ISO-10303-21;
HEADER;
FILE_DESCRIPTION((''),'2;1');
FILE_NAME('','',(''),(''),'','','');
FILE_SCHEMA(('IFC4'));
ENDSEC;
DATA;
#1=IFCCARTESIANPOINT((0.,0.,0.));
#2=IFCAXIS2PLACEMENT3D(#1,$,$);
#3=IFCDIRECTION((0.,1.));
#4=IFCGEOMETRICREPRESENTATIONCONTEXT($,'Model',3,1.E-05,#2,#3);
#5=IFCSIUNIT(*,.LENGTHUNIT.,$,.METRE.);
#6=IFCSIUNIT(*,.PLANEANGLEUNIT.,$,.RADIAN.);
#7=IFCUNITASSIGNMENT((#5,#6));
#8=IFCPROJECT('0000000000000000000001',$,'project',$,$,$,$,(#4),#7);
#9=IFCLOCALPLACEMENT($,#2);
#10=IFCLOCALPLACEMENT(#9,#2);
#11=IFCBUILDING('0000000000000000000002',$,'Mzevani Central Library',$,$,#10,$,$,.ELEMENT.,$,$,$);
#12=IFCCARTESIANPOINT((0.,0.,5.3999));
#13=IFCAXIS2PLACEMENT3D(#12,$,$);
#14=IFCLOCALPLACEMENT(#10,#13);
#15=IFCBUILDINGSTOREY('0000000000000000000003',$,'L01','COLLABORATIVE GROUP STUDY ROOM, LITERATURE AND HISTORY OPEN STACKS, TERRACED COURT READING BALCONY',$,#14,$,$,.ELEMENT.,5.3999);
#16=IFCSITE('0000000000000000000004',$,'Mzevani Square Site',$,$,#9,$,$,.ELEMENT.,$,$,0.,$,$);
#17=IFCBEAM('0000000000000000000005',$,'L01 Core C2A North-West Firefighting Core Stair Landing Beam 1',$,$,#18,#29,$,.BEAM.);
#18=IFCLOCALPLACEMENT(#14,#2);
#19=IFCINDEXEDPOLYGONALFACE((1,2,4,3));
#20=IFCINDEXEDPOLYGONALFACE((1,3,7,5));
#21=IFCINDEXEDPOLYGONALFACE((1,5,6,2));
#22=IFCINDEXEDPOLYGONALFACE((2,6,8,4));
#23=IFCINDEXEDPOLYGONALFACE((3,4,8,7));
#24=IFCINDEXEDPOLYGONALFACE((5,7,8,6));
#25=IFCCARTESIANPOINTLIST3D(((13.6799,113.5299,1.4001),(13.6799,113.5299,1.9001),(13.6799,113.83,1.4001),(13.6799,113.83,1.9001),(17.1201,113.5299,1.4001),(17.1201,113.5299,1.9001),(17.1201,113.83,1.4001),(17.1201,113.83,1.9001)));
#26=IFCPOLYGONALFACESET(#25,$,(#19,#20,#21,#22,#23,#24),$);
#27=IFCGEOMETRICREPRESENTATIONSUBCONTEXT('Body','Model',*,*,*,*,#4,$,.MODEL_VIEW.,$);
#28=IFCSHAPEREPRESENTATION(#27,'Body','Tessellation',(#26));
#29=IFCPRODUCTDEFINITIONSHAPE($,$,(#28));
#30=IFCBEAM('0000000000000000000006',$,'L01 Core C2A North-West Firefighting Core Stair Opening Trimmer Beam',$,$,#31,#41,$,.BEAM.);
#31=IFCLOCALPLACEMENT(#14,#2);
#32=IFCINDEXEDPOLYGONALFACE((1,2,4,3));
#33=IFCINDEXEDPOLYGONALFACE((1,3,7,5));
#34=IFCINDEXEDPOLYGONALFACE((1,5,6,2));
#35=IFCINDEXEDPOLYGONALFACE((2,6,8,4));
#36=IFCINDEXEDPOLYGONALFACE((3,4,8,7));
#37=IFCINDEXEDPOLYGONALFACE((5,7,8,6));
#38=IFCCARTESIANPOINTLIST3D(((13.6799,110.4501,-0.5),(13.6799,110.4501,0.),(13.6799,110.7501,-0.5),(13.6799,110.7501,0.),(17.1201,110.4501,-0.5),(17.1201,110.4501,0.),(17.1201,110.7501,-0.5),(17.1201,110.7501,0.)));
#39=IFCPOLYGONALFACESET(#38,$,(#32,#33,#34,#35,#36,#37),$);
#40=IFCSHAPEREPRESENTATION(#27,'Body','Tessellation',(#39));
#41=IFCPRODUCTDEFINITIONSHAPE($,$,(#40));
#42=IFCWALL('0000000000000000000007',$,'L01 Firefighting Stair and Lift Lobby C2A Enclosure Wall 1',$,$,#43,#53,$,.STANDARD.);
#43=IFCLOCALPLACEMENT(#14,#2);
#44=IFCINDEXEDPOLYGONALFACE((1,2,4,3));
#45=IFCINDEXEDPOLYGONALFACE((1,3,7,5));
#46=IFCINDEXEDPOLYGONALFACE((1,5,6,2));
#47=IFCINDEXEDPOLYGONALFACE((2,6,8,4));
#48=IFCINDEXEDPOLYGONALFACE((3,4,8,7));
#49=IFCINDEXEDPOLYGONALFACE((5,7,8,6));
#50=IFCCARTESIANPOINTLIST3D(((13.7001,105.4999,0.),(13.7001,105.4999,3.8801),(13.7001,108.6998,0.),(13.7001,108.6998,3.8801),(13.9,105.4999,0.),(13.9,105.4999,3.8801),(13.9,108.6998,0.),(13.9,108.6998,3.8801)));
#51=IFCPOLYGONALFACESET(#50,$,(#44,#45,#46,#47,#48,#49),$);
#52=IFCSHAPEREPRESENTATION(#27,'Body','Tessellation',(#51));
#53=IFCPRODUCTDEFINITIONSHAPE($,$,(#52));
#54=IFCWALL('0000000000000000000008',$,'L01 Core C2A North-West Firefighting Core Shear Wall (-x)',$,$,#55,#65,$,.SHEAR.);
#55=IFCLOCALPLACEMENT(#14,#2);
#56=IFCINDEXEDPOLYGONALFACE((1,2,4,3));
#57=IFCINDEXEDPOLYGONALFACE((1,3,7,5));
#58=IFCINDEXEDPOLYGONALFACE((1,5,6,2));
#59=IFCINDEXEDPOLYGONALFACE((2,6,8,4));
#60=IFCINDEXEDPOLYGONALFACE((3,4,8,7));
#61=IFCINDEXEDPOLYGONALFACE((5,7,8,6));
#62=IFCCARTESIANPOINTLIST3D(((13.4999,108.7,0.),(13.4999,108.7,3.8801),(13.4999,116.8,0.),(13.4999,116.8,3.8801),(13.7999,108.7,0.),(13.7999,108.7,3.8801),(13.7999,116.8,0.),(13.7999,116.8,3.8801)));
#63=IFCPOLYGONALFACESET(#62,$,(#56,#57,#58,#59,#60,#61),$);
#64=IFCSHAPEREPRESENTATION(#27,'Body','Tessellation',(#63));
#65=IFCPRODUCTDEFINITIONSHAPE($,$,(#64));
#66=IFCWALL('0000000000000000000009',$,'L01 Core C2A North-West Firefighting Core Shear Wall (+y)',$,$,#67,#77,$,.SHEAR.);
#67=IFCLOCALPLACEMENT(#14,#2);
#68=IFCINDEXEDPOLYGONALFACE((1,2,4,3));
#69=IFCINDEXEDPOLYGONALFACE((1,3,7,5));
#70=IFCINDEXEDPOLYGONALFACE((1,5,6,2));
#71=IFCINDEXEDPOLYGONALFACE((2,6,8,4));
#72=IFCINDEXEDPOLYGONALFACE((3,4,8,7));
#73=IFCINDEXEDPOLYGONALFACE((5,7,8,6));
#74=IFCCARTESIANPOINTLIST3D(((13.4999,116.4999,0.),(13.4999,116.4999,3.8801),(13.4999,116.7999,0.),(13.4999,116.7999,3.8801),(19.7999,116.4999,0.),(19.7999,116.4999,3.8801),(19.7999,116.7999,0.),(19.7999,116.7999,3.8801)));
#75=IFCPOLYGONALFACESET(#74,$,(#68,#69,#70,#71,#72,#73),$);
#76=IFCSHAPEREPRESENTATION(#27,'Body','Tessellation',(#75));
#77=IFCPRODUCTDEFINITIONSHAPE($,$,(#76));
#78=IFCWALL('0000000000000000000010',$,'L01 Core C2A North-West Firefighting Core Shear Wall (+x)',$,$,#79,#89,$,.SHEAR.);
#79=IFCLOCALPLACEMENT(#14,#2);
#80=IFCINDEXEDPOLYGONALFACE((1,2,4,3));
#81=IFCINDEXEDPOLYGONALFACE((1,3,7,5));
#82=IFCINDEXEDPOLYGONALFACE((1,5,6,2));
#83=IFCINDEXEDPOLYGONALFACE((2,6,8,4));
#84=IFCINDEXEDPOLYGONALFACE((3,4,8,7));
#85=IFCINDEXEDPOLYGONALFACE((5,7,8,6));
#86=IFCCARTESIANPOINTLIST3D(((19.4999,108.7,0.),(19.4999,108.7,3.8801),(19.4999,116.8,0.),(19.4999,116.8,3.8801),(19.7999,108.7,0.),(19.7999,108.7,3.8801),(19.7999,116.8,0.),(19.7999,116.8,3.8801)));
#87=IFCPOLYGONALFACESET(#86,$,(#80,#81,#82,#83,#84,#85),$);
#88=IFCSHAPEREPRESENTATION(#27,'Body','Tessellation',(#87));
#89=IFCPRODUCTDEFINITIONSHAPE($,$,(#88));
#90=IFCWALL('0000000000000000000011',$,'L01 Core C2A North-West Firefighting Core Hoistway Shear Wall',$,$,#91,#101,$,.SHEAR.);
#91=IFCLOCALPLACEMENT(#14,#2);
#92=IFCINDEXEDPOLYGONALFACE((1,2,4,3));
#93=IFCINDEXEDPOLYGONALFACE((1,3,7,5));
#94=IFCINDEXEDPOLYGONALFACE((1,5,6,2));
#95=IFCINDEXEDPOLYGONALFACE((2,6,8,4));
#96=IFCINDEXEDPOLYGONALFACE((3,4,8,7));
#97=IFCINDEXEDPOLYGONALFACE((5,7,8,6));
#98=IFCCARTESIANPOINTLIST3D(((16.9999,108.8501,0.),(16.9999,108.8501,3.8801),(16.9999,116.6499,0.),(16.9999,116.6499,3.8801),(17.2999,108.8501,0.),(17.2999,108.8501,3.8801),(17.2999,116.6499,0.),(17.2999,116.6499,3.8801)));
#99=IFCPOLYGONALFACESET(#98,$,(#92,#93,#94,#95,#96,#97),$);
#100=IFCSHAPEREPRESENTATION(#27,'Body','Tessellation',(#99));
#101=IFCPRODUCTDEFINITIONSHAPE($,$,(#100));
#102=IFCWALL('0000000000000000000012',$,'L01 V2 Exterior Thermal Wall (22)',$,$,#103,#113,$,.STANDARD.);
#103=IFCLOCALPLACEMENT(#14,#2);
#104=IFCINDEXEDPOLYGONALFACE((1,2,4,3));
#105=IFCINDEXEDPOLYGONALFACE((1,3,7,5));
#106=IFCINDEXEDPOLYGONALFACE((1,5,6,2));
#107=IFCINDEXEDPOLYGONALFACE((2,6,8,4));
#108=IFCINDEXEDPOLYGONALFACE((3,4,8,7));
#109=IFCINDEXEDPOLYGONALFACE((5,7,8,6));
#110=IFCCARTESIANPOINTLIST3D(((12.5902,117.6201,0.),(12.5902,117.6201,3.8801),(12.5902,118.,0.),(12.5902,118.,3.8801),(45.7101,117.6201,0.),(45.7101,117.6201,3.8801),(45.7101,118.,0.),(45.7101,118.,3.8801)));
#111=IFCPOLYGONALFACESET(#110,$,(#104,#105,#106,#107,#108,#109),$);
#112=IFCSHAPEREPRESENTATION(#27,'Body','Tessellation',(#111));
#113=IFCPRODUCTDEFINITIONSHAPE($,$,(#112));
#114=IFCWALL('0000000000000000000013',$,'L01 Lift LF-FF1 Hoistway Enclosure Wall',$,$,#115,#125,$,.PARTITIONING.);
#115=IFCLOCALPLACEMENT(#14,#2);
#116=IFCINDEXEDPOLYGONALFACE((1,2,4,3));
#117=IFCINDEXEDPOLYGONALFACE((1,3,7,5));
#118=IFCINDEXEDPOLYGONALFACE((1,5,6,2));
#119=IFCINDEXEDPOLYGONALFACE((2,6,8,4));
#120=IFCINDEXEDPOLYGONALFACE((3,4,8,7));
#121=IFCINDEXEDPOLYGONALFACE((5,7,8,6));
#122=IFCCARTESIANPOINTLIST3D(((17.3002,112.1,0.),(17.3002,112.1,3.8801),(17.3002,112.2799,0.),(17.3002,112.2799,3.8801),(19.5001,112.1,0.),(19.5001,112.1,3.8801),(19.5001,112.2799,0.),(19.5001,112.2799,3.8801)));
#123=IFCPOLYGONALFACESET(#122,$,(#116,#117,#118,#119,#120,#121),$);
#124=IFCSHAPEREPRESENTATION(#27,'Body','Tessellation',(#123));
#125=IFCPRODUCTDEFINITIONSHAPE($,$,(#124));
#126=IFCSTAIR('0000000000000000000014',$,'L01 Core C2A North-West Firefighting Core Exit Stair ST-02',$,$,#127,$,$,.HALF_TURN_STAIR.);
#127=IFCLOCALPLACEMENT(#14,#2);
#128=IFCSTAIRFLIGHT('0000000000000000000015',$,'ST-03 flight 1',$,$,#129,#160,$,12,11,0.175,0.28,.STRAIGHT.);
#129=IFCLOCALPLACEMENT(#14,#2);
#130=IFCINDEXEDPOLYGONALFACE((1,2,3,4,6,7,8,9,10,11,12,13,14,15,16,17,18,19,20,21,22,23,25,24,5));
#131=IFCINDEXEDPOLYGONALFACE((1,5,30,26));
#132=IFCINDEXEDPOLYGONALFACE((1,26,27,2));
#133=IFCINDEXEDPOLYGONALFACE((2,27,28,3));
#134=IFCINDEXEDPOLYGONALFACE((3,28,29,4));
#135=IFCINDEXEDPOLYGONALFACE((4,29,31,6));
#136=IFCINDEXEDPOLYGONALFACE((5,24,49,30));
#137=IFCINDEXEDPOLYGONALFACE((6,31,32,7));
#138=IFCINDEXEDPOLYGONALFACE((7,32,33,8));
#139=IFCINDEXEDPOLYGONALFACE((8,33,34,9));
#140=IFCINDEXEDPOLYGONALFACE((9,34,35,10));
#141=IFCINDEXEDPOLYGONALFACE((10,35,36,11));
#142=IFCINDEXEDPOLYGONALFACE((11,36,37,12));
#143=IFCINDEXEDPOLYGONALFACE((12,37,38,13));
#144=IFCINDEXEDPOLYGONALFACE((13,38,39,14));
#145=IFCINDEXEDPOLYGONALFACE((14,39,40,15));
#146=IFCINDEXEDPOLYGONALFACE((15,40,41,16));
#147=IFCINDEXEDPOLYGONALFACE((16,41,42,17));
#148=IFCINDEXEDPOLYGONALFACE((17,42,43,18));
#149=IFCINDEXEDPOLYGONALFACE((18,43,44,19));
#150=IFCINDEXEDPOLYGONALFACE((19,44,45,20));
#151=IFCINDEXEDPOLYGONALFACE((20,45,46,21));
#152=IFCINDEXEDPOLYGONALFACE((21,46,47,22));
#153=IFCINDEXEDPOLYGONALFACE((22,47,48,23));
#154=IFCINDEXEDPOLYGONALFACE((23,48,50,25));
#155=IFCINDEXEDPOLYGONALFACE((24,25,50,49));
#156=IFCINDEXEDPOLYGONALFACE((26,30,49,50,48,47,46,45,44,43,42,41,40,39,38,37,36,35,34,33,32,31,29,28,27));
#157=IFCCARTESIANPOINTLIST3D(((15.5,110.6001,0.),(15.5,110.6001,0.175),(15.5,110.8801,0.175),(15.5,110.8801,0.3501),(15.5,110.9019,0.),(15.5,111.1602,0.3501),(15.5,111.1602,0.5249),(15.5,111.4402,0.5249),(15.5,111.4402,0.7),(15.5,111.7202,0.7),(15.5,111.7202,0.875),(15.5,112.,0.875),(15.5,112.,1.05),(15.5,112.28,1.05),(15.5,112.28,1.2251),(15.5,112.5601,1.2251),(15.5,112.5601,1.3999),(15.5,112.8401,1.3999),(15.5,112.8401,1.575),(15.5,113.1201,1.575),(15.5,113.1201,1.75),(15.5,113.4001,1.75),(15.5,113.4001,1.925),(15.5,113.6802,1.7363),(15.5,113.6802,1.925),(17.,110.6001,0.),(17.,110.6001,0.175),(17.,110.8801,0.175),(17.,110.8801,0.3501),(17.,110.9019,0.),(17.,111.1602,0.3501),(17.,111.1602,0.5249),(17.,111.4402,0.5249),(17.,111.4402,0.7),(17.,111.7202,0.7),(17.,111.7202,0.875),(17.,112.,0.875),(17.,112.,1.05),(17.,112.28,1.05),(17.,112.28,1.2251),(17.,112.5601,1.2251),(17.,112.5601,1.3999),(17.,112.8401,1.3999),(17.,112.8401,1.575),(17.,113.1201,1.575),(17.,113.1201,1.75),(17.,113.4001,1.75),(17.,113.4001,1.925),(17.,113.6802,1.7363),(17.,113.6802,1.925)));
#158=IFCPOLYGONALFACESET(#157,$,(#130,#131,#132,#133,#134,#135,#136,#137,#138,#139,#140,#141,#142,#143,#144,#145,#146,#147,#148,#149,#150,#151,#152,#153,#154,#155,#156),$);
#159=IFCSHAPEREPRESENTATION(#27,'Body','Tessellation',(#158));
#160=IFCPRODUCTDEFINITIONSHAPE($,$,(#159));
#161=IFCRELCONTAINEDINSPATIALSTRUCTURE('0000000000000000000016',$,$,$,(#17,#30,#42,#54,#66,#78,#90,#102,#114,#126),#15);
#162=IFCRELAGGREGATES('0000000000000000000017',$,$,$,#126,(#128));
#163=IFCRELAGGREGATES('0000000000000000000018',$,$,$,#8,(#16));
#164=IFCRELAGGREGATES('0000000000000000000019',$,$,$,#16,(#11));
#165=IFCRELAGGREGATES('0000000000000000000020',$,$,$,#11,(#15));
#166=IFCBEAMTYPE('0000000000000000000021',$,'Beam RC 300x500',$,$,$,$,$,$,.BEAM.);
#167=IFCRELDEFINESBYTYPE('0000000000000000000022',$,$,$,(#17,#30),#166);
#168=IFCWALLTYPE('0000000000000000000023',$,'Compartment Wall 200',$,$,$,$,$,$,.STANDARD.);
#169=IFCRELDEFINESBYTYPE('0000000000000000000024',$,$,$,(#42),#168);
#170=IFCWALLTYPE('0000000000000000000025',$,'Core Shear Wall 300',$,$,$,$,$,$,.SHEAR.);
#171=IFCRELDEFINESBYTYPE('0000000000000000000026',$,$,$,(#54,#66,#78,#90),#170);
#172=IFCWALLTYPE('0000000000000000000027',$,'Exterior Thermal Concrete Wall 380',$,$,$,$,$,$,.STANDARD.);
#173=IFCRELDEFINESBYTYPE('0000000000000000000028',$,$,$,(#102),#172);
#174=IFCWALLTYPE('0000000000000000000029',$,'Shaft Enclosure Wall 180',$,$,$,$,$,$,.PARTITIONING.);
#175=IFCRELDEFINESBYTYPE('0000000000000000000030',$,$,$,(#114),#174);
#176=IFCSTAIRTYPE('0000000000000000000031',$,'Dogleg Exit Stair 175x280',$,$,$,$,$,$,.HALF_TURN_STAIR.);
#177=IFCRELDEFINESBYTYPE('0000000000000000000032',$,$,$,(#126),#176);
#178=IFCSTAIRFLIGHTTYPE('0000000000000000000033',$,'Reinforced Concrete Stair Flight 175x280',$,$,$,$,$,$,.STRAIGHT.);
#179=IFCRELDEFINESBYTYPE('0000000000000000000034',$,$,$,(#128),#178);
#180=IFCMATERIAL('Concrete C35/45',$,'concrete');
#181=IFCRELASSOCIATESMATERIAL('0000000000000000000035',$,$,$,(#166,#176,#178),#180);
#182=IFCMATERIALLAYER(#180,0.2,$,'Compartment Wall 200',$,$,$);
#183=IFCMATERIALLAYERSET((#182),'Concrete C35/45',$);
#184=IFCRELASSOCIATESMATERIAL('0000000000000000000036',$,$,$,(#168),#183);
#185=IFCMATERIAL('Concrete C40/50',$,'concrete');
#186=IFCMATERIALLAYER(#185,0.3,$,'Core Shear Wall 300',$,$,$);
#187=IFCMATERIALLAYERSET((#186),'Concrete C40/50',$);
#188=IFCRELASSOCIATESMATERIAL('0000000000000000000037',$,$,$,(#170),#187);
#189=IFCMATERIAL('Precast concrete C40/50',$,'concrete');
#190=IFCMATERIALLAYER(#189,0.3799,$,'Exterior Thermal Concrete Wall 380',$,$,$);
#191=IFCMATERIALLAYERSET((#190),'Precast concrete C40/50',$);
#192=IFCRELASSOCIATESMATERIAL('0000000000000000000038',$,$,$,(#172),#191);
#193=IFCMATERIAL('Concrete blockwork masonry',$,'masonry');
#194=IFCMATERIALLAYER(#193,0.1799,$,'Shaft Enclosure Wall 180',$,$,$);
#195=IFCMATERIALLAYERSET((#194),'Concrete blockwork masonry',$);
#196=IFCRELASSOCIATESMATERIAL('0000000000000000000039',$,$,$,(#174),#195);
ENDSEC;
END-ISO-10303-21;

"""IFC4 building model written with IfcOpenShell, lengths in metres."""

from ifc_helpers import new_model, si_unit, direction, frame, frame_2d, origin, origin_2d, place, context, subcontext, project, spatial, polyline, rectangle, outline, extrude, material, layer, layer_set, material_profile, profile_set, type_object, element, aggregate, save


model = new_model("IFC4")

# Units and contexts
model_context = context("Model", 3, precision=1e-05, world=origin(), true_north=direction((0.0, 1.0)))
body_context = subcontext(model_context, "Body", "Model", "MODEL_VIEW")
ifc_project = project(units=[si_unit("LENGTHUNIT", "METRE"), si_unit("PLANEANGLEUNIT", "RADIAN")], contexts=[model_context])

# Site, building, storey
site_placement = place(None, origin())
site = spatial("IfcSite", under=ifc_project, at=site_placement, Name="Mzevani Square Site", CompositionType="ELEMENT", RefElevation=0.0)
building_placement = place(site_placement, origin())
building = spatial("IfcBuilding", under=site, at=building_placement, Name="Mzevani Central Library", CompositionType="ELEMENT")
storey_placement = place(building_placement, frame((0.0, 0.0, 5.3999)))
storey = spatial("IfcBuildingStorey", under=building, at=storey_placement, Name="L01", Description="COLLABORATIVE GROUP STUDY ROOM, LITERATURE AND HISTORY OPEN STACKS, TERRACED COURT READING BALCONY", CompositionType="ELEMENT", Elevation=5.3999)

# Beams
ifc_material_1 = material(Name="Concrete C35/45", Category="concrete")
ifc_material_profile = material_profile(ifc_material_1, rectangle(XDim=0.3, YDim=0.5, at=origin_2d()), Name="RC B300x500")
ifc_profile_set = profile_set([ifc_material_profile], Name="Concrete C35/45")
beam_type = type_object("IfcBeamType", Name="Beam RC 300x500", PredefinedType="BEAM", material=ifc_profile_set)
for number, where, z_axis, x_axis, name in (
    (1, (13.6799, 113.6799, 1.6501), (1.0, 0.0, 0.0), (0.0, 1.0, 0.0), "L01 Core C2A North-West Firefighting Core Stair Landing Beam 1"),
    (2, (13.6799, 110.6001, -0.25), (1.0, 0.0, 0.0), (0.0, 1.0, 0.0), "L01 Core C2A North-West Firefighting Core Stair Opening Trimmer Beam"),
):
    element("IfcBeam", number, at=place(storey_placement, frame(where, z_axis=z_axis, x_axis=x_axis)), inside=storey, type_object=beam_type, Name=name, PredefinedType="BEAM", context=body_context, shape_type="SweptSolid", body=[
        extrude(rectangle(XDim=0.3, YDim=0.5, at=origin_2d()), origin(), (0.0, 0.0, 1.0), 3.4402),
    ])

# Walls
ifc_layer_1 = layer(ifc_material_1, 0.2, Name="Compartment Wall 200")
ifc_layer_set_1 = layer_set([ifc_layer_1], Name="Concrete C35/45")
wall_type_1 = type_object("IfcWallType", Name="Compartment Wall 200", PredefinedType="STANDARD", material=ifc_layer_set_1)
wall_1_placement = place(storey_placement, frame((13.8, 108.7, 0.0), z_axis=(0.0, 0.0, 1.0), x_axis=(0.0, -1.0, 0.0)))
element("IfcWall", 3, at=wall_1_placement, inside=storey, type_object=wall_type_1, Name="L01 Firefighting Stair and Lift Lobby C2A Enclosure Wall 1", PredefinedType="STANDARD", context=body_context, shape_type="SweptSolid", body=[
    extrude(rectangle(XDim=3.2, YDim=0.2, at=frame_2d((1.6001, 0.0))), origin(), (0.0, 0.0, 1.0), 3.8801),
])
ifc_material_2 = material(Name="Concrete C40/50", Category="concrete")
ifc_layer_2 = layer(ifc_material_2, 0.3, Name="Core Shear Wall 300")
ifc_layer_set_2 = layer_set([ifc_layer_2], Name="Concrete C40/50")
wall_type_2 = type_object("IfcWallType", Name="Core Shear Wall 300", PredefinedType="SHEAR", material=ifc_layer_set_2)
wall_2_placement = place(storey_placement, frame((13.6499, 108.7, 0.0), z_axis=(0.0, 0.0, 1.0), x_axis=(0.0, 1.0, 0.0)))
element("IfcWall", 4, at=wall_2_placement, inside=storey, type_object=wall_type_2, Name="L01 Core C2A North-West Firefighting Core Shear Wall (-x)", PredefinedType="SHEAR", context=body_context, shape_type="SweptSolid", body=[
    extrude(rectangle(XDim=8.1001, YDim=0.3, at=frame_2d((4.05, 0.0))), origin(), (0.0, 0.0, 1.0), 3.8801),
])
wall_3_placement = place(storey_placement, frame((13.5, 116.6499, 0.0), z_axis=(0.0, 0.0, 1.0), x_axis=(1.0, 0.0, 0.0)))
element("IfcWall", 5, at=wall_3_placement, inside=storey, type_object=wall_type_2, Name="L01 Core C2A North-West Firefighting Core Shear Wall (+y)", PredefinedType="SHEAR", context=body_context, shape_type="SweptSolid", body=[
    extrude(rectangle(XDim=6.3, YDim=0.3, at=frame_2d((3.1499, 0.0))), origin(), (0.0, 0.0, 1.0), 3.8801),
])
wall_4_placement = place(storey_placement, frame((19.6499, 116.8, 0.0), z_axis=(0.0, 0.0, 1.0), x_axis=(0.0, -1.0, 0.0)))
element("IfcWall", 6, at=wall_4_placement, inside=storey, type_object=wall_type_2, Name="L01 Core C2A North-West Firefighting Core Shear Wall (+x)", PredefinedType="SHEAR", context=body_context, shape_type="SweptSolid", body=[
    extrude(rectangle(XDim=8.1001, YDim=0.3, at=frame_2d((4.05, 0.0))), origin(), (0.0, 0.0, 1.0), 3.8801),
])
wall_5_placement = place(storey_placement, frame((17.1499, 108.8501, 0.0), z_axis=(0.0, 0.0, 1.0), x_axis=(0.0, 1.0, 0.0)))
element("IfcWall", 7, at=wall_5_placement, inside=storey, type_object=wall_type_2, Name="L01 Core C2A North-West Firefighting Core Hoistway Shear Wall", PredefinedType="SHEAR", context=body_context, shape_type="SweptSolid", body=[
    extrude(rectangle(XDim=7.7998, YDim=0.3, at=frame_2d((3.8999, 0.0))), origin(), (0.0, 0.0, 1.0), 3.8801),
])
ifc_material_3 = material(Name="Precast concrete C40/50", Category="concrete")
ifc_layer_3 = layer(ifc_material_3, 0.3799, Name="Exterior Thermal Concrete Wall 380")
ifc_layer_set_3 = layer_set([ifc_layer_3], Name="Precast concrete C40/50")
wall_type_3 = type_object("IfcWallType", Name="Exterior Thermal Concrete Wall 380", PredefinedType="STANDARD", material=ifc_layer_set_3)
wall_6_placement = place(storey_placement, frame((12.5901, 117.8101, 0.0), z_axis=(0.0, 0.0, 1.0), x_axis=(1.0, 0.0, 0.0)))
element("IfcWall", 8, at=wall_6_placement, inside=storey, type_object=wall_type_3, Name="L01 V2 Exterior Thermal Wall (22)", PredefinedType="STANDARD", context=body_context, shape_type="SweptSolid", body=[
    extrude(rectangle(XDim=33.1199, YDim=0.3799, at=frame_2d((16.5601, 0.0))), origin(), (0.0, 0.0, 1.0), 3.8801),
])
ifc_material_4 = material(Name="Concrete blockwork masonry", Category="masonry")
ifc_layer_4 = layer(ifc_material_4, 0.1799, Name="Shaft Enclosure Wall 180")
ifc_layer_set_4 = layer_set([ifc_layer_4], Name="Concrete blockwork masonry")
wall_type_4 = type_object("IfcWallType", Name="Shaft Enclosure Wall 180", PredefinedType="PARTITIONING", material=ifc_layer_set_4)
wall_7_placement = place(storey_placement, frame((17.3, 112.1899, 0.0), z_axis=(0.0, 0.0, 1.0), x_axis=(1.0, 0.0, 0.0)))
element("IfcWall", 9, at=wall_7_placement, inside=storey, type_object=wall_type_4, Name="L01 Lift LF-FF1 Hoistway Enclosure Wall", PredefinedType="PARTITIONING", context=body_context, shape_type="SweptSolid", body=[
    extrude(rectangle(XDim=2.2, YDim=0.1799, at=frame_2d((1.1001, 0.0))), origin(), (0.0, 0.0, 1.0), 3.8801),
])

# Stair, stair flight
stair_type = type_object("IfcStairType", Name="Dogleg Exit Stair 175x280", PredefinedType="HALF_TURN_STAIR", material=ifc_material_1)
stair_placement = place(storey_placement, origin())
stair = element("IfcStair", 10, at=stair_placement, inside=storey, type_object=stair_type, Name="L01 Core C2A North-West Firefighting Core Exit Stair ST-02", PredefinedType="HALF_TURN_STAIR")
stair_flight_type = type_object("IfcStairFlightType", Name="Reinforced Concrete Stair Flight 175x280", PredefinedType="STRAIGHT", material=ifc_material_1)
stair_flight_1_placement = place(storey_placement, frame((16.25, 110.6001, 0.0), z_axis=(0.0, 0.0, 1.0), x_axis=(0.0, 1.0, 0.0)))
stair_flight_1 = element("IfcStairFlight", 11, at=stair_flight_1_placement, type_object=stair_flight_type, Name="ST-03 flight 1", NumberOfRisers=12, NumberOfTreads=11, PredefinedType="STRAIGHT", RiserHeight=0.175, TreadLength=0.28, context=body_context, shape_type="SweptSolid", body=[
    extrude(outline(polyline([(0.0, 0.0), (0.0, 0.175), (0.28, 0.175), (0.28, 0.3501), (0.5601, 0.3501), (0.5601, 0.5249), (0.8401, 0.5249), (0.8401, 0.7), (1.1201, 0.7), (1.1201, 0.875), (1.3999, 0.875), (1.3999, 1.05), (1.6799, 1.05), (1.6799, 1.2251), (1.96, 1.2251), (1.96, 1.3999), (2.24, 1.3999), (2.24, 1.575), (2.52, 1.575), (2.52, 1.75), (2.8, 1.75), (2.8, 1.925), (3.0801, 1.925), (3.0801, 2.1001), (3.0801, 1.7363), (0.3018, 0.0), (0.0, 0.0)])), frame((0.0, 0.75, 0.0), z_axis=(0.0, -1.0, 0.0), x_axis=(1.0, 0.0, 0.0)), (0.0, 0.0, 1.0), 1.5),
])
aggregate(stair, [stair_flight_1])

save(model, "model.ifc")
